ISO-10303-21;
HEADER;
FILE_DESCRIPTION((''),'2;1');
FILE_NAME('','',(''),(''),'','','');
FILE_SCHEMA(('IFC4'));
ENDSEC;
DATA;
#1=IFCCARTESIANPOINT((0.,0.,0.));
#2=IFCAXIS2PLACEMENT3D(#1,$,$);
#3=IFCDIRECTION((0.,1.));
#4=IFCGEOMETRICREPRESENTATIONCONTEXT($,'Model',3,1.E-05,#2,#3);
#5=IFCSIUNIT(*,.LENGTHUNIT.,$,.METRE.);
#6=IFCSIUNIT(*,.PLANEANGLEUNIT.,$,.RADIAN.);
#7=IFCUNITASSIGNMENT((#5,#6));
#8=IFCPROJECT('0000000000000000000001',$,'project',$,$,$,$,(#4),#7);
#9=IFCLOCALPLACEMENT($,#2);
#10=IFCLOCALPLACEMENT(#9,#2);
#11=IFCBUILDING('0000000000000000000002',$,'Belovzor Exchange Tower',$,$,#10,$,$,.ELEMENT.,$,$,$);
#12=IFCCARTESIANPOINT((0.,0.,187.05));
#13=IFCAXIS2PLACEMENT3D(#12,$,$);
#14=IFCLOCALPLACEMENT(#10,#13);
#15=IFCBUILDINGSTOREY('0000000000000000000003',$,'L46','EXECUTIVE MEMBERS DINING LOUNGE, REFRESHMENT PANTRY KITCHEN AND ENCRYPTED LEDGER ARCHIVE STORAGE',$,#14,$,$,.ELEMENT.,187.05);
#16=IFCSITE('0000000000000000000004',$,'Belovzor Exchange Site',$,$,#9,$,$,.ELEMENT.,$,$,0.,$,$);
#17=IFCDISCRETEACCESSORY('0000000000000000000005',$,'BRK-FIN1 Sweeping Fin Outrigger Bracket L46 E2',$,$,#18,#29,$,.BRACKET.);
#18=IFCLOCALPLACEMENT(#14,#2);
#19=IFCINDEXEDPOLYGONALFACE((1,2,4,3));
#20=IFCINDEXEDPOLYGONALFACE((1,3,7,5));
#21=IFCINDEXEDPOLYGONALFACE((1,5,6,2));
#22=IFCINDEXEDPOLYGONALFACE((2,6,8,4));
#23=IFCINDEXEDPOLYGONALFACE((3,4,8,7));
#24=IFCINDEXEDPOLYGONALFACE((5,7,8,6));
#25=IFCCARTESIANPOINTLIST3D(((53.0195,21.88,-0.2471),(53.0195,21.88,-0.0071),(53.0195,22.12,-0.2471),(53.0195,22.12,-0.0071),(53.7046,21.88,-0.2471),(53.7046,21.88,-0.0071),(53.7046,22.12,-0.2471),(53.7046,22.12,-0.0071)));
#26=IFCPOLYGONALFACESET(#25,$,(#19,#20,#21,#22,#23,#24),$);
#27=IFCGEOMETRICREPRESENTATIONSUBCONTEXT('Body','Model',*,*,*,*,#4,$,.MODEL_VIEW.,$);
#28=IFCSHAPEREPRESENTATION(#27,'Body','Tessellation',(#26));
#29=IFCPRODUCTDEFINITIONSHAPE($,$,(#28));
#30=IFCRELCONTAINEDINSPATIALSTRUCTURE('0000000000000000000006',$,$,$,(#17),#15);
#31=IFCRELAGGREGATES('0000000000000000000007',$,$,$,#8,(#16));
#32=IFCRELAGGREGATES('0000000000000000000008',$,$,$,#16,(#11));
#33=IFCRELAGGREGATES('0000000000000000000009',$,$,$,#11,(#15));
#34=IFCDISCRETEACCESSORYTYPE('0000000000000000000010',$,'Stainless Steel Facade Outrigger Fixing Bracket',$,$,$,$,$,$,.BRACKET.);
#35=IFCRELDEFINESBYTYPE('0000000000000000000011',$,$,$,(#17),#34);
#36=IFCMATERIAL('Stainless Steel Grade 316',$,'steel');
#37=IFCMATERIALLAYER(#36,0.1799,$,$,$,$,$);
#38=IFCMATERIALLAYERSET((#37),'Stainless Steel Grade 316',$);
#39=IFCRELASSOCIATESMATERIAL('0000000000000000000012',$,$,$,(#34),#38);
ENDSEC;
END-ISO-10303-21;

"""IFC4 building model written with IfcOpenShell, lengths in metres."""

from ifc_helpers import new_model, si_unit, direction, frame, origin, origin_2d, place, context, subcontext, project, spatial, rectangle, extrude, material, layer, layer_set, type_object, element, save


model = new_model("IFC4")

# Units and contexts
model_context = context("Model", 3, precision=1e-05, world=origin(), true_north=direction((0.0, 1.0)))
body_context = subcontext(model_context, "Body", "Model", "MODEL_VIEW")
ifc_project = project(units=[si_unit("LENGTHUNIT", "METRE"), si_unit("PLANEANGLEUNIT", "RADIAN")], contexts=[model_context])

# Site, building, storey
site_placement = place(None, origin())
site = spatial("IfcSite", under=ifc_project, at=site_placement, Name="Belovzor Exchange Site", CompositionType="ELEMENT", RefElevation=0.0)
building_placement = place(site_placement, origin())
building = spatial("IfcBuilding", under=site, at=building_placement, Name="Belovzor Exchange Tower", CompositionType="ELEMENT")
storey_placement = place(building_placement, frame((0.0, 0.0, 187.05)))
storey = spatial("IfcBuildingStorey", under=building, at=storey_placement, Name="L46", Description="EXECUTIVE MEMBERS DINING LOUNGE, REFRESHMENT PANTRY KITCHEN AND ENCRYPTED LEDGER ARCHIVE STORAGE", CompositionType="ELEMENT", Elevation=187.05)

# Discrete accessory
ifc_material_1 = material(Name="Stainless Steel Grade 316", Category="steel")
ifc_layer_1 = layer(ifc_material_1, 0.1799)
ifc_layer_set_1 = layer_set([ifc_layer_1], Name="Stainless Steel Grade 316")
discrete_accessory_type = type_object("IfcDiscreteAccessoryType", Name="Stainless Steel Facade Outrigger Fixing Bracket", PredefinedType="BRACKET", material=ifc_layer_set_1)
discrete_accessory_placement = place(storey_placement, frame((53.3621, 22.0, -0.2471), z_axis=(0.0, 0.0, 1.0), x_axis=(1.0, 0.0, 0.0)))
element("IfcDiscreteAccessory", 1, at=discrete_accessory_placement, inside=storey, type_object=discrete_accessory_type, Name="BRK-FIN1 Sweeping Fin Outrigger Bracket L46 E2", PredefinedType="BRACKET", context=body_context, shape_type="SweptSolid", body=[
    extrude(rectangle(XDim=0.6851, YDim=0.24, at=origin_2d()), origin(), (0.0, 0.0, 1.0), 0.24),
])

save(model, "model.ifc")
